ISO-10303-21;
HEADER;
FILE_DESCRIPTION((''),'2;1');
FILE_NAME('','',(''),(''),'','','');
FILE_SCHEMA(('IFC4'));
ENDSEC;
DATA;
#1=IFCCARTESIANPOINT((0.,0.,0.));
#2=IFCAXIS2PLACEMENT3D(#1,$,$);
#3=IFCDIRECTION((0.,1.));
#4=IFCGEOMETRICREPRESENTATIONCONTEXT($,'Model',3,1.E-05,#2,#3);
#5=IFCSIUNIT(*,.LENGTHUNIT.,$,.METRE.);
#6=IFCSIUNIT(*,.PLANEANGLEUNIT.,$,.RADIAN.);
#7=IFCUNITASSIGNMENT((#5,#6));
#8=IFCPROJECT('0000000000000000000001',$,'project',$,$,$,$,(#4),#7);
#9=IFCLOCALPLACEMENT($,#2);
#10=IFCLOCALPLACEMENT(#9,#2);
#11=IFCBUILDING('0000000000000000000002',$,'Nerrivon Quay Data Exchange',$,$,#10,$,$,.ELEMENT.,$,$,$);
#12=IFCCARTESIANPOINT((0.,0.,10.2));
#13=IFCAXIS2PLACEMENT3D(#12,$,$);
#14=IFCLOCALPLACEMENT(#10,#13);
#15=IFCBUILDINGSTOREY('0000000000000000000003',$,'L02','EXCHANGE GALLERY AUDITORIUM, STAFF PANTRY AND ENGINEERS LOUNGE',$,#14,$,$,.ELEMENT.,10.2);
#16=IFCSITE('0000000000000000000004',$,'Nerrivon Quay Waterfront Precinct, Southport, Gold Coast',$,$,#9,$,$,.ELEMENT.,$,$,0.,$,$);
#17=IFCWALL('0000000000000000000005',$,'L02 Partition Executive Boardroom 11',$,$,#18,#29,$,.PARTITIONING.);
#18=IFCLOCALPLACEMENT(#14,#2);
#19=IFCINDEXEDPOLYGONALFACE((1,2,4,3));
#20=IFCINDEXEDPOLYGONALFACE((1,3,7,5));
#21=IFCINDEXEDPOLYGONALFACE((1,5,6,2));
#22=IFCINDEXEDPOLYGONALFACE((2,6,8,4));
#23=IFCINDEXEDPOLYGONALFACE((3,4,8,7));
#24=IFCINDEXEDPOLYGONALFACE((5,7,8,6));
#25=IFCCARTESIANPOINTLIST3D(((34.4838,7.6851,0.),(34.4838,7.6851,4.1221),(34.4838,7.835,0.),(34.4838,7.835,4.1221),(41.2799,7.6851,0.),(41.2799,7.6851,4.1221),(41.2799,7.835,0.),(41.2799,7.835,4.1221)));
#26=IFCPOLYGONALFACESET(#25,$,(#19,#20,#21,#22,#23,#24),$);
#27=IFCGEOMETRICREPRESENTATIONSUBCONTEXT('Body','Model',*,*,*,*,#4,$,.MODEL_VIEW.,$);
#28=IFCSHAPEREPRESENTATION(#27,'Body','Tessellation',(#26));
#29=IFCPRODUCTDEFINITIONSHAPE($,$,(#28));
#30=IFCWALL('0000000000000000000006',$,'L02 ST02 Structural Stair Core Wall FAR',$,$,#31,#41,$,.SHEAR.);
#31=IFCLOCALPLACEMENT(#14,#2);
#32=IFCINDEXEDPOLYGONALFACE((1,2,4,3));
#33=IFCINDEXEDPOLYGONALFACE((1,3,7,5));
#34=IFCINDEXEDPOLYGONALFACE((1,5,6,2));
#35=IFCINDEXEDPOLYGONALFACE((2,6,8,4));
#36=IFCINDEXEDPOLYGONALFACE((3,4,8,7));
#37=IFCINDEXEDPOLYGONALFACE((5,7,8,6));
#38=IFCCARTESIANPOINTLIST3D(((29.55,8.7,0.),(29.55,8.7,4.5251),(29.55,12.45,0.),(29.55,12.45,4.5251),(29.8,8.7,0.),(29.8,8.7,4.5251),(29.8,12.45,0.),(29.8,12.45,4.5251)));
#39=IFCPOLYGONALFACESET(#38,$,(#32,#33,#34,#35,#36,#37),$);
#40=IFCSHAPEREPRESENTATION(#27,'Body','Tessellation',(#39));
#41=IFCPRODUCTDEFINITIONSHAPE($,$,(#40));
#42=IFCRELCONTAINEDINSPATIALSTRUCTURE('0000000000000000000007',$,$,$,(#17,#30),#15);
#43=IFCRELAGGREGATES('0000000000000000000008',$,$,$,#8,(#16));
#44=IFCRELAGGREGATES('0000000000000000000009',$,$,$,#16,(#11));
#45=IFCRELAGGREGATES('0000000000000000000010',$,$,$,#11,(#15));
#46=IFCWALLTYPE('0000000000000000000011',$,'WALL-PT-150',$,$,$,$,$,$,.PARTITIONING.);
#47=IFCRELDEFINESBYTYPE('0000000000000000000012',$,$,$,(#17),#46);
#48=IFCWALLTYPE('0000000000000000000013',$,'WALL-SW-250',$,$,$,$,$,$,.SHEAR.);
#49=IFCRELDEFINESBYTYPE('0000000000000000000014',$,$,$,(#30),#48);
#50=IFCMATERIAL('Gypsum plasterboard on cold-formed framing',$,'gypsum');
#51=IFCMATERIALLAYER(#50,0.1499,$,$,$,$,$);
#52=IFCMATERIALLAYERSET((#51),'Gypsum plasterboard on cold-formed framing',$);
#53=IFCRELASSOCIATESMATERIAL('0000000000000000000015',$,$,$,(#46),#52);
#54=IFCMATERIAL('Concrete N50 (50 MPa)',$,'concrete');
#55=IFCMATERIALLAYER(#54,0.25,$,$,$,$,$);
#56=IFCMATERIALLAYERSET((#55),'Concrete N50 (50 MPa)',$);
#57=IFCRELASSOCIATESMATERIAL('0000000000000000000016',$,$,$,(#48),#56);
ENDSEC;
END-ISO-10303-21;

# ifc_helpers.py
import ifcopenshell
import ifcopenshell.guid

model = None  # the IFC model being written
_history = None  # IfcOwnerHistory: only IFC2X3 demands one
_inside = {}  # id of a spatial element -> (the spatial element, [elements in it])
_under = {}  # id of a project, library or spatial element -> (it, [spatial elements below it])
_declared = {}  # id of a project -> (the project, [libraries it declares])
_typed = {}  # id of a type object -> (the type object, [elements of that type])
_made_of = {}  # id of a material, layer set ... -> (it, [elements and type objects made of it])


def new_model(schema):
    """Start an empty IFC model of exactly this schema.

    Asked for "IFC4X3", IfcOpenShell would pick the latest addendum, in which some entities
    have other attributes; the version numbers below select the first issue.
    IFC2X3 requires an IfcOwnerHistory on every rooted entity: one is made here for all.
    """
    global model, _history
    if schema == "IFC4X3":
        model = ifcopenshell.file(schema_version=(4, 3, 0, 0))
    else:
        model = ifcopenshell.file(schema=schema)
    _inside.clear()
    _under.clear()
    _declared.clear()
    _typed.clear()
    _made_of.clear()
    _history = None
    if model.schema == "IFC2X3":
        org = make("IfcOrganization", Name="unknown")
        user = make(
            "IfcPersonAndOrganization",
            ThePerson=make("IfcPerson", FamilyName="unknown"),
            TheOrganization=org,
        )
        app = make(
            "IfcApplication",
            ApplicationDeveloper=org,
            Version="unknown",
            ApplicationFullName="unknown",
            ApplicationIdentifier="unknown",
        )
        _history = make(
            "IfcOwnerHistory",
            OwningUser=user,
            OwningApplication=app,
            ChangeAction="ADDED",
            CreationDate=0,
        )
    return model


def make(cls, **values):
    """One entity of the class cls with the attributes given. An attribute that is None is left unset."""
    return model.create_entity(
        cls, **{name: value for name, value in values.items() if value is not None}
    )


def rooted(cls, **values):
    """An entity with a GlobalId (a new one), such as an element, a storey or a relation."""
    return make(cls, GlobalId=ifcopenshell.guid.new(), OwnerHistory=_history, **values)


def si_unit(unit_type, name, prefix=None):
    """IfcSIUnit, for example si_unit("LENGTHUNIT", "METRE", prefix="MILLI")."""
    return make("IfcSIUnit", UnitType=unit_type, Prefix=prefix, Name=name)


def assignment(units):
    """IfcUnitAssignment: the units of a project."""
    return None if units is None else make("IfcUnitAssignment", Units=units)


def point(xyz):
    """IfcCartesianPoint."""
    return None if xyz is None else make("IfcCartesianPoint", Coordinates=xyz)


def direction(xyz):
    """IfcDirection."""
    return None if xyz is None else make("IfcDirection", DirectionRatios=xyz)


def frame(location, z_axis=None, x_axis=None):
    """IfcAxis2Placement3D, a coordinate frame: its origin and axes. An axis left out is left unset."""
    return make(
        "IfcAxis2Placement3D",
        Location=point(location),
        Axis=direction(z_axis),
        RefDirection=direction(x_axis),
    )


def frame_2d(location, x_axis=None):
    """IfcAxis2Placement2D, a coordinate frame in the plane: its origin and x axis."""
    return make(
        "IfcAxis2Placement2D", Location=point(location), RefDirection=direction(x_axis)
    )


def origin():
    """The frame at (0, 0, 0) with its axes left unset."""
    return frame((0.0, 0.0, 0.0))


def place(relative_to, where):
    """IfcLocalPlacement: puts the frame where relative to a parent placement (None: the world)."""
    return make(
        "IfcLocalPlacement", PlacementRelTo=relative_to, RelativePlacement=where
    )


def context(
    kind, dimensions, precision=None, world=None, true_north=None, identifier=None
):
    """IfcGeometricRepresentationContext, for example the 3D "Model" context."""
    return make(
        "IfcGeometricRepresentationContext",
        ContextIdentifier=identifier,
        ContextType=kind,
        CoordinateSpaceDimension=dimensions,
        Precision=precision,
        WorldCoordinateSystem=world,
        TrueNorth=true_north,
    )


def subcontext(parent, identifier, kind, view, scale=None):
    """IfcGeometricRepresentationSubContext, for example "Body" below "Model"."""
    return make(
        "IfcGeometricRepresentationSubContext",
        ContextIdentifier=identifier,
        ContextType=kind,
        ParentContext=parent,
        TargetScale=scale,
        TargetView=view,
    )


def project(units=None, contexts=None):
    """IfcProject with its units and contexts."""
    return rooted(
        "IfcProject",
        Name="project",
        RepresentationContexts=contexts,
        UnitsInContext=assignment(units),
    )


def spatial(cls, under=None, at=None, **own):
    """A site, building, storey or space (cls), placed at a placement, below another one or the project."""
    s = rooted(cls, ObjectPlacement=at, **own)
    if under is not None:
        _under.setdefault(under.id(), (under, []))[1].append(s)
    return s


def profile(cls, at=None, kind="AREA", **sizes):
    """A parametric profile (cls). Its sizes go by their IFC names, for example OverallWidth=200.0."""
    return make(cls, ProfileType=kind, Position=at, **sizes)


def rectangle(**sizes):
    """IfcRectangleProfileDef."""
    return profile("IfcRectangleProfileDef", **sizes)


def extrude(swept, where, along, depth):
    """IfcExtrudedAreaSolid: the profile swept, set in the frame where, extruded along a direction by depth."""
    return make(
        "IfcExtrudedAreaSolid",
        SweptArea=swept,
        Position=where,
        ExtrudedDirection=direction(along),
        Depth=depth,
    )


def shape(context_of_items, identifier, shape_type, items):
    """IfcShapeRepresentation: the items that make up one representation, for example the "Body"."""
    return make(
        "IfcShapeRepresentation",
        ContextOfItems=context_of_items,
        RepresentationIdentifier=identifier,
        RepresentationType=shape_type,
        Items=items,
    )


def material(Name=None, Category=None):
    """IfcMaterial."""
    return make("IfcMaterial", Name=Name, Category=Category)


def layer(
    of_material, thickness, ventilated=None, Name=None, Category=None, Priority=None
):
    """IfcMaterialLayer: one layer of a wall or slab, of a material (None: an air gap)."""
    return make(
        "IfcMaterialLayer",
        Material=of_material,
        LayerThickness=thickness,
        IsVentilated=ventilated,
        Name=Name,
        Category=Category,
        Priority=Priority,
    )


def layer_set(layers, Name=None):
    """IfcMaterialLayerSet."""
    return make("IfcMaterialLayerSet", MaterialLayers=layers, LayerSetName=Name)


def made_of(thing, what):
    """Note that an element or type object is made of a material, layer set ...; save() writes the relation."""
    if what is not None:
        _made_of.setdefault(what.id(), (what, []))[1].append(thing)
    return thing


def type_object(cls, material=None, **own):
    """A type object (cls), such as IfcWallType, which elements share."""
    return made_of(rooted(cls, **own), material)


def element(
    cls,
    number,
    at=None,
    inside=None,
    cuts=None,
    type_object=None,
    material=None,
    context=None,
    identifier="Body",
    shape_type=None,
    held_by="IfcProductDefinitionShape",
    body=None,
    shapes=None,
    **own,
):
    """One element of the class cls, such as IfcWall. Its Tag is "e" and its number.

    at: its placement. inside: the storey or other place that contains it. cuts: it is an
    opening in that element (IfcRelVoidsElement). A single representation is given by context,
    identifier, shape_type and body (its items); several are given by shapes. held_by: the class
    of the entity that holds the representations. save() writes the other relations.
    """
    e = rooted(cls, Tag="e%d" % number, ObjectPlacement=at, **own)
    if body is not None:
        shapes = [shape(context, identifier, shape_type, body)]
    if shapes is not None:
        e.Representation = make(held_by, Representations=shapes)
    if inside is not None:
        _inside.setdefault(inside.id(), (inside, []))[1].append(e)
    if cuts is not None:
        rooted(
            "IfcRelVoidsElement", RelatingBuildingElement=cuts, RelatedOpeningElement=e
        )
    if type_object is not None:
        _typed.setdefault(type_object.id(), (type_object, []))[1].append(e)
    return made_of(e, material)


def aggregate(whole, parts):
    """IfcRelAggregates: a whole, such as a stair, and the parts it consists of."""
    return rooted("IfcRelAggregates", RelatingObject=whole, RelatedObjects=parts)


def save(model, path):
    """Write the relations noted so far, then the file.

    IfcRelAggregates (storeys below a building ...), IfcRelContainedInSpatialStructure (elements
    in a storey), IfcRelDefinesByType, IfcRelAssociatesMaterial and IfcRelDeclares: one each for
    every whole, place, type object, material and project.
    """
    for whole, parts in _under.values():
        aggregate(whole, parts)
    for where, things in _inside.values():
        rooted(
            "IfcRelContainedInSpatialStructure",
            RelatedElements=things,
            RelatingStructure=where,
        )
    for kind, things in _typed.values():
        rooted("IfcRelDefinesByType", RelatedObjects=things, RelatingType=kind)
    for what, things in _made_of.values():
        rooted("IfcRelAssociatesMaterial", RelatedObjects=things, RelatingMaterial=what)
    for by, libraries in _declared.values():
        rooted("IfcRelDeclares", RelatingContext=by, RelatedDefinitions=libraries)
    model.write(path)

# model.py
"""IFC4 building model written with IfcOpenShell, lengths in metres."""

from ifc_helpers import new_model, si_unit, direction, frame, frame_2d, origin, place, context, subcontext, project, spatial, rectangle, extrude, material, layer, layer_set, type_object, element, save


model = new_model("IFC4")

# Units and contexts
model_context = context("Model", 3, precision=1e-05, world=origin(), true_north=direction((0.0, 1.0)))
body_context = subcontext(model_context, "Body", "Model", "MODEL_VIEW")
ifc_project = project(units=[si_unit("LENGTHUNIT", "METRE"), si_unit("PLANEANGLEUNIT", "RADIAN")], contexts=[model_context])

# Site, building, storey
site_placement = place(None, origin())
site = spatial("IfcSite", under=ifc_project, at=site_placement, Name="Nerrivon Quay Waterfront Precinct, Southport, Gold Coast", CompositionType="ELEMENT", RefElevation=0.0)
building_placement = place(site_placement, origin())
building = spatial("IfcBuilding", under=site, at=building_placement, Name="Nerrivon Quay Data Exchange", CompositionType="ELEMENT")
storey_placement = place(building_placement, frame((0.0, 0.0, 10.2)))
storey = spatial("IfcBuildingStorey", under=building, at=storey_placement, Name="L02", Description="EXCHANGE GALLERY AUDITORIUM, STAFF PANTRY AND ENGINEERS LOUNGE", CompositionType="ELEMENT", Elevation=10.2)

# Walls
ifc_material_1 = material(Name="Gypsum plasterboard on cold-formed framing", Category="gypsum")
ifc_layer_1 = layer(ifc_material_1, 0.1499)
ifc_layer_set_1 = layer_set([ifc_layer_1], Name="Gypsum plasterboard on cold-formed framing")
wall_type_1 = type_object("IfcWallType", Name="WALL-PT-150", PredefinedType="PARTITIONING", material=ifc_layer_set_1)
wall_1_placement = place(storey_placement, frame((34.4839, 7.76, 0.0), z_axis=(0.0, 0.0, 1.0), x_axis=(1.0, 0.0, 0.0)))
element("IfcWall", 1, at=wall_1_placement, inside=storey, type_object=wall_type_1, Name="L02 Partition Executive Boardroom 11", PredefinedType="PARTITIONING", context=body_context, shape_type="SweptSolid", body=[
    extrude(rectangle(XDim=6.7961, YDim=0.1499, at=frame_2d((3.3979, 0.0))), origin(), (0.0, 0.0, 1.0), 4.1221),
])
ifc_material_2 = material(Name="Concrete N50 (50 MPa)", Category="concrete")
ifc_layer_2 = layer(ifc_material_2, 0.25)
ifc_layer_set_2 = layer_set([ifc_layer_2], Name="Concrete N50 (50 MPa)")
wall_type_2 = type_object("IfcWallType", Name="WALL-SW-250", PredefinedType="SHEAR", material=ifc_layer_set_2)
wall_2_placement = place(storey_placement, frame((29.675, 8.7, 0.0), z_axis=(0.0, 0.0, 1.0), x_axis=(0.0, 1.0, 0.0)))
element("IfcWall", 2, at=wall_2_placement, inside=storey, type_object=wall_type_2, Name="L02 ST02 Structural Stair Core Wall FAR", PredefinedType="SHEAR", context=body_context, shape_type="SweptSolid", body=[
    extrude(rectangle(XDim=3.75, YDim=0.25, at=frame_2d((1.875, 0.0))), origin(), (0.0, 0.0, 1.0), 4.5251),
])

save(model, "model.ifc")
